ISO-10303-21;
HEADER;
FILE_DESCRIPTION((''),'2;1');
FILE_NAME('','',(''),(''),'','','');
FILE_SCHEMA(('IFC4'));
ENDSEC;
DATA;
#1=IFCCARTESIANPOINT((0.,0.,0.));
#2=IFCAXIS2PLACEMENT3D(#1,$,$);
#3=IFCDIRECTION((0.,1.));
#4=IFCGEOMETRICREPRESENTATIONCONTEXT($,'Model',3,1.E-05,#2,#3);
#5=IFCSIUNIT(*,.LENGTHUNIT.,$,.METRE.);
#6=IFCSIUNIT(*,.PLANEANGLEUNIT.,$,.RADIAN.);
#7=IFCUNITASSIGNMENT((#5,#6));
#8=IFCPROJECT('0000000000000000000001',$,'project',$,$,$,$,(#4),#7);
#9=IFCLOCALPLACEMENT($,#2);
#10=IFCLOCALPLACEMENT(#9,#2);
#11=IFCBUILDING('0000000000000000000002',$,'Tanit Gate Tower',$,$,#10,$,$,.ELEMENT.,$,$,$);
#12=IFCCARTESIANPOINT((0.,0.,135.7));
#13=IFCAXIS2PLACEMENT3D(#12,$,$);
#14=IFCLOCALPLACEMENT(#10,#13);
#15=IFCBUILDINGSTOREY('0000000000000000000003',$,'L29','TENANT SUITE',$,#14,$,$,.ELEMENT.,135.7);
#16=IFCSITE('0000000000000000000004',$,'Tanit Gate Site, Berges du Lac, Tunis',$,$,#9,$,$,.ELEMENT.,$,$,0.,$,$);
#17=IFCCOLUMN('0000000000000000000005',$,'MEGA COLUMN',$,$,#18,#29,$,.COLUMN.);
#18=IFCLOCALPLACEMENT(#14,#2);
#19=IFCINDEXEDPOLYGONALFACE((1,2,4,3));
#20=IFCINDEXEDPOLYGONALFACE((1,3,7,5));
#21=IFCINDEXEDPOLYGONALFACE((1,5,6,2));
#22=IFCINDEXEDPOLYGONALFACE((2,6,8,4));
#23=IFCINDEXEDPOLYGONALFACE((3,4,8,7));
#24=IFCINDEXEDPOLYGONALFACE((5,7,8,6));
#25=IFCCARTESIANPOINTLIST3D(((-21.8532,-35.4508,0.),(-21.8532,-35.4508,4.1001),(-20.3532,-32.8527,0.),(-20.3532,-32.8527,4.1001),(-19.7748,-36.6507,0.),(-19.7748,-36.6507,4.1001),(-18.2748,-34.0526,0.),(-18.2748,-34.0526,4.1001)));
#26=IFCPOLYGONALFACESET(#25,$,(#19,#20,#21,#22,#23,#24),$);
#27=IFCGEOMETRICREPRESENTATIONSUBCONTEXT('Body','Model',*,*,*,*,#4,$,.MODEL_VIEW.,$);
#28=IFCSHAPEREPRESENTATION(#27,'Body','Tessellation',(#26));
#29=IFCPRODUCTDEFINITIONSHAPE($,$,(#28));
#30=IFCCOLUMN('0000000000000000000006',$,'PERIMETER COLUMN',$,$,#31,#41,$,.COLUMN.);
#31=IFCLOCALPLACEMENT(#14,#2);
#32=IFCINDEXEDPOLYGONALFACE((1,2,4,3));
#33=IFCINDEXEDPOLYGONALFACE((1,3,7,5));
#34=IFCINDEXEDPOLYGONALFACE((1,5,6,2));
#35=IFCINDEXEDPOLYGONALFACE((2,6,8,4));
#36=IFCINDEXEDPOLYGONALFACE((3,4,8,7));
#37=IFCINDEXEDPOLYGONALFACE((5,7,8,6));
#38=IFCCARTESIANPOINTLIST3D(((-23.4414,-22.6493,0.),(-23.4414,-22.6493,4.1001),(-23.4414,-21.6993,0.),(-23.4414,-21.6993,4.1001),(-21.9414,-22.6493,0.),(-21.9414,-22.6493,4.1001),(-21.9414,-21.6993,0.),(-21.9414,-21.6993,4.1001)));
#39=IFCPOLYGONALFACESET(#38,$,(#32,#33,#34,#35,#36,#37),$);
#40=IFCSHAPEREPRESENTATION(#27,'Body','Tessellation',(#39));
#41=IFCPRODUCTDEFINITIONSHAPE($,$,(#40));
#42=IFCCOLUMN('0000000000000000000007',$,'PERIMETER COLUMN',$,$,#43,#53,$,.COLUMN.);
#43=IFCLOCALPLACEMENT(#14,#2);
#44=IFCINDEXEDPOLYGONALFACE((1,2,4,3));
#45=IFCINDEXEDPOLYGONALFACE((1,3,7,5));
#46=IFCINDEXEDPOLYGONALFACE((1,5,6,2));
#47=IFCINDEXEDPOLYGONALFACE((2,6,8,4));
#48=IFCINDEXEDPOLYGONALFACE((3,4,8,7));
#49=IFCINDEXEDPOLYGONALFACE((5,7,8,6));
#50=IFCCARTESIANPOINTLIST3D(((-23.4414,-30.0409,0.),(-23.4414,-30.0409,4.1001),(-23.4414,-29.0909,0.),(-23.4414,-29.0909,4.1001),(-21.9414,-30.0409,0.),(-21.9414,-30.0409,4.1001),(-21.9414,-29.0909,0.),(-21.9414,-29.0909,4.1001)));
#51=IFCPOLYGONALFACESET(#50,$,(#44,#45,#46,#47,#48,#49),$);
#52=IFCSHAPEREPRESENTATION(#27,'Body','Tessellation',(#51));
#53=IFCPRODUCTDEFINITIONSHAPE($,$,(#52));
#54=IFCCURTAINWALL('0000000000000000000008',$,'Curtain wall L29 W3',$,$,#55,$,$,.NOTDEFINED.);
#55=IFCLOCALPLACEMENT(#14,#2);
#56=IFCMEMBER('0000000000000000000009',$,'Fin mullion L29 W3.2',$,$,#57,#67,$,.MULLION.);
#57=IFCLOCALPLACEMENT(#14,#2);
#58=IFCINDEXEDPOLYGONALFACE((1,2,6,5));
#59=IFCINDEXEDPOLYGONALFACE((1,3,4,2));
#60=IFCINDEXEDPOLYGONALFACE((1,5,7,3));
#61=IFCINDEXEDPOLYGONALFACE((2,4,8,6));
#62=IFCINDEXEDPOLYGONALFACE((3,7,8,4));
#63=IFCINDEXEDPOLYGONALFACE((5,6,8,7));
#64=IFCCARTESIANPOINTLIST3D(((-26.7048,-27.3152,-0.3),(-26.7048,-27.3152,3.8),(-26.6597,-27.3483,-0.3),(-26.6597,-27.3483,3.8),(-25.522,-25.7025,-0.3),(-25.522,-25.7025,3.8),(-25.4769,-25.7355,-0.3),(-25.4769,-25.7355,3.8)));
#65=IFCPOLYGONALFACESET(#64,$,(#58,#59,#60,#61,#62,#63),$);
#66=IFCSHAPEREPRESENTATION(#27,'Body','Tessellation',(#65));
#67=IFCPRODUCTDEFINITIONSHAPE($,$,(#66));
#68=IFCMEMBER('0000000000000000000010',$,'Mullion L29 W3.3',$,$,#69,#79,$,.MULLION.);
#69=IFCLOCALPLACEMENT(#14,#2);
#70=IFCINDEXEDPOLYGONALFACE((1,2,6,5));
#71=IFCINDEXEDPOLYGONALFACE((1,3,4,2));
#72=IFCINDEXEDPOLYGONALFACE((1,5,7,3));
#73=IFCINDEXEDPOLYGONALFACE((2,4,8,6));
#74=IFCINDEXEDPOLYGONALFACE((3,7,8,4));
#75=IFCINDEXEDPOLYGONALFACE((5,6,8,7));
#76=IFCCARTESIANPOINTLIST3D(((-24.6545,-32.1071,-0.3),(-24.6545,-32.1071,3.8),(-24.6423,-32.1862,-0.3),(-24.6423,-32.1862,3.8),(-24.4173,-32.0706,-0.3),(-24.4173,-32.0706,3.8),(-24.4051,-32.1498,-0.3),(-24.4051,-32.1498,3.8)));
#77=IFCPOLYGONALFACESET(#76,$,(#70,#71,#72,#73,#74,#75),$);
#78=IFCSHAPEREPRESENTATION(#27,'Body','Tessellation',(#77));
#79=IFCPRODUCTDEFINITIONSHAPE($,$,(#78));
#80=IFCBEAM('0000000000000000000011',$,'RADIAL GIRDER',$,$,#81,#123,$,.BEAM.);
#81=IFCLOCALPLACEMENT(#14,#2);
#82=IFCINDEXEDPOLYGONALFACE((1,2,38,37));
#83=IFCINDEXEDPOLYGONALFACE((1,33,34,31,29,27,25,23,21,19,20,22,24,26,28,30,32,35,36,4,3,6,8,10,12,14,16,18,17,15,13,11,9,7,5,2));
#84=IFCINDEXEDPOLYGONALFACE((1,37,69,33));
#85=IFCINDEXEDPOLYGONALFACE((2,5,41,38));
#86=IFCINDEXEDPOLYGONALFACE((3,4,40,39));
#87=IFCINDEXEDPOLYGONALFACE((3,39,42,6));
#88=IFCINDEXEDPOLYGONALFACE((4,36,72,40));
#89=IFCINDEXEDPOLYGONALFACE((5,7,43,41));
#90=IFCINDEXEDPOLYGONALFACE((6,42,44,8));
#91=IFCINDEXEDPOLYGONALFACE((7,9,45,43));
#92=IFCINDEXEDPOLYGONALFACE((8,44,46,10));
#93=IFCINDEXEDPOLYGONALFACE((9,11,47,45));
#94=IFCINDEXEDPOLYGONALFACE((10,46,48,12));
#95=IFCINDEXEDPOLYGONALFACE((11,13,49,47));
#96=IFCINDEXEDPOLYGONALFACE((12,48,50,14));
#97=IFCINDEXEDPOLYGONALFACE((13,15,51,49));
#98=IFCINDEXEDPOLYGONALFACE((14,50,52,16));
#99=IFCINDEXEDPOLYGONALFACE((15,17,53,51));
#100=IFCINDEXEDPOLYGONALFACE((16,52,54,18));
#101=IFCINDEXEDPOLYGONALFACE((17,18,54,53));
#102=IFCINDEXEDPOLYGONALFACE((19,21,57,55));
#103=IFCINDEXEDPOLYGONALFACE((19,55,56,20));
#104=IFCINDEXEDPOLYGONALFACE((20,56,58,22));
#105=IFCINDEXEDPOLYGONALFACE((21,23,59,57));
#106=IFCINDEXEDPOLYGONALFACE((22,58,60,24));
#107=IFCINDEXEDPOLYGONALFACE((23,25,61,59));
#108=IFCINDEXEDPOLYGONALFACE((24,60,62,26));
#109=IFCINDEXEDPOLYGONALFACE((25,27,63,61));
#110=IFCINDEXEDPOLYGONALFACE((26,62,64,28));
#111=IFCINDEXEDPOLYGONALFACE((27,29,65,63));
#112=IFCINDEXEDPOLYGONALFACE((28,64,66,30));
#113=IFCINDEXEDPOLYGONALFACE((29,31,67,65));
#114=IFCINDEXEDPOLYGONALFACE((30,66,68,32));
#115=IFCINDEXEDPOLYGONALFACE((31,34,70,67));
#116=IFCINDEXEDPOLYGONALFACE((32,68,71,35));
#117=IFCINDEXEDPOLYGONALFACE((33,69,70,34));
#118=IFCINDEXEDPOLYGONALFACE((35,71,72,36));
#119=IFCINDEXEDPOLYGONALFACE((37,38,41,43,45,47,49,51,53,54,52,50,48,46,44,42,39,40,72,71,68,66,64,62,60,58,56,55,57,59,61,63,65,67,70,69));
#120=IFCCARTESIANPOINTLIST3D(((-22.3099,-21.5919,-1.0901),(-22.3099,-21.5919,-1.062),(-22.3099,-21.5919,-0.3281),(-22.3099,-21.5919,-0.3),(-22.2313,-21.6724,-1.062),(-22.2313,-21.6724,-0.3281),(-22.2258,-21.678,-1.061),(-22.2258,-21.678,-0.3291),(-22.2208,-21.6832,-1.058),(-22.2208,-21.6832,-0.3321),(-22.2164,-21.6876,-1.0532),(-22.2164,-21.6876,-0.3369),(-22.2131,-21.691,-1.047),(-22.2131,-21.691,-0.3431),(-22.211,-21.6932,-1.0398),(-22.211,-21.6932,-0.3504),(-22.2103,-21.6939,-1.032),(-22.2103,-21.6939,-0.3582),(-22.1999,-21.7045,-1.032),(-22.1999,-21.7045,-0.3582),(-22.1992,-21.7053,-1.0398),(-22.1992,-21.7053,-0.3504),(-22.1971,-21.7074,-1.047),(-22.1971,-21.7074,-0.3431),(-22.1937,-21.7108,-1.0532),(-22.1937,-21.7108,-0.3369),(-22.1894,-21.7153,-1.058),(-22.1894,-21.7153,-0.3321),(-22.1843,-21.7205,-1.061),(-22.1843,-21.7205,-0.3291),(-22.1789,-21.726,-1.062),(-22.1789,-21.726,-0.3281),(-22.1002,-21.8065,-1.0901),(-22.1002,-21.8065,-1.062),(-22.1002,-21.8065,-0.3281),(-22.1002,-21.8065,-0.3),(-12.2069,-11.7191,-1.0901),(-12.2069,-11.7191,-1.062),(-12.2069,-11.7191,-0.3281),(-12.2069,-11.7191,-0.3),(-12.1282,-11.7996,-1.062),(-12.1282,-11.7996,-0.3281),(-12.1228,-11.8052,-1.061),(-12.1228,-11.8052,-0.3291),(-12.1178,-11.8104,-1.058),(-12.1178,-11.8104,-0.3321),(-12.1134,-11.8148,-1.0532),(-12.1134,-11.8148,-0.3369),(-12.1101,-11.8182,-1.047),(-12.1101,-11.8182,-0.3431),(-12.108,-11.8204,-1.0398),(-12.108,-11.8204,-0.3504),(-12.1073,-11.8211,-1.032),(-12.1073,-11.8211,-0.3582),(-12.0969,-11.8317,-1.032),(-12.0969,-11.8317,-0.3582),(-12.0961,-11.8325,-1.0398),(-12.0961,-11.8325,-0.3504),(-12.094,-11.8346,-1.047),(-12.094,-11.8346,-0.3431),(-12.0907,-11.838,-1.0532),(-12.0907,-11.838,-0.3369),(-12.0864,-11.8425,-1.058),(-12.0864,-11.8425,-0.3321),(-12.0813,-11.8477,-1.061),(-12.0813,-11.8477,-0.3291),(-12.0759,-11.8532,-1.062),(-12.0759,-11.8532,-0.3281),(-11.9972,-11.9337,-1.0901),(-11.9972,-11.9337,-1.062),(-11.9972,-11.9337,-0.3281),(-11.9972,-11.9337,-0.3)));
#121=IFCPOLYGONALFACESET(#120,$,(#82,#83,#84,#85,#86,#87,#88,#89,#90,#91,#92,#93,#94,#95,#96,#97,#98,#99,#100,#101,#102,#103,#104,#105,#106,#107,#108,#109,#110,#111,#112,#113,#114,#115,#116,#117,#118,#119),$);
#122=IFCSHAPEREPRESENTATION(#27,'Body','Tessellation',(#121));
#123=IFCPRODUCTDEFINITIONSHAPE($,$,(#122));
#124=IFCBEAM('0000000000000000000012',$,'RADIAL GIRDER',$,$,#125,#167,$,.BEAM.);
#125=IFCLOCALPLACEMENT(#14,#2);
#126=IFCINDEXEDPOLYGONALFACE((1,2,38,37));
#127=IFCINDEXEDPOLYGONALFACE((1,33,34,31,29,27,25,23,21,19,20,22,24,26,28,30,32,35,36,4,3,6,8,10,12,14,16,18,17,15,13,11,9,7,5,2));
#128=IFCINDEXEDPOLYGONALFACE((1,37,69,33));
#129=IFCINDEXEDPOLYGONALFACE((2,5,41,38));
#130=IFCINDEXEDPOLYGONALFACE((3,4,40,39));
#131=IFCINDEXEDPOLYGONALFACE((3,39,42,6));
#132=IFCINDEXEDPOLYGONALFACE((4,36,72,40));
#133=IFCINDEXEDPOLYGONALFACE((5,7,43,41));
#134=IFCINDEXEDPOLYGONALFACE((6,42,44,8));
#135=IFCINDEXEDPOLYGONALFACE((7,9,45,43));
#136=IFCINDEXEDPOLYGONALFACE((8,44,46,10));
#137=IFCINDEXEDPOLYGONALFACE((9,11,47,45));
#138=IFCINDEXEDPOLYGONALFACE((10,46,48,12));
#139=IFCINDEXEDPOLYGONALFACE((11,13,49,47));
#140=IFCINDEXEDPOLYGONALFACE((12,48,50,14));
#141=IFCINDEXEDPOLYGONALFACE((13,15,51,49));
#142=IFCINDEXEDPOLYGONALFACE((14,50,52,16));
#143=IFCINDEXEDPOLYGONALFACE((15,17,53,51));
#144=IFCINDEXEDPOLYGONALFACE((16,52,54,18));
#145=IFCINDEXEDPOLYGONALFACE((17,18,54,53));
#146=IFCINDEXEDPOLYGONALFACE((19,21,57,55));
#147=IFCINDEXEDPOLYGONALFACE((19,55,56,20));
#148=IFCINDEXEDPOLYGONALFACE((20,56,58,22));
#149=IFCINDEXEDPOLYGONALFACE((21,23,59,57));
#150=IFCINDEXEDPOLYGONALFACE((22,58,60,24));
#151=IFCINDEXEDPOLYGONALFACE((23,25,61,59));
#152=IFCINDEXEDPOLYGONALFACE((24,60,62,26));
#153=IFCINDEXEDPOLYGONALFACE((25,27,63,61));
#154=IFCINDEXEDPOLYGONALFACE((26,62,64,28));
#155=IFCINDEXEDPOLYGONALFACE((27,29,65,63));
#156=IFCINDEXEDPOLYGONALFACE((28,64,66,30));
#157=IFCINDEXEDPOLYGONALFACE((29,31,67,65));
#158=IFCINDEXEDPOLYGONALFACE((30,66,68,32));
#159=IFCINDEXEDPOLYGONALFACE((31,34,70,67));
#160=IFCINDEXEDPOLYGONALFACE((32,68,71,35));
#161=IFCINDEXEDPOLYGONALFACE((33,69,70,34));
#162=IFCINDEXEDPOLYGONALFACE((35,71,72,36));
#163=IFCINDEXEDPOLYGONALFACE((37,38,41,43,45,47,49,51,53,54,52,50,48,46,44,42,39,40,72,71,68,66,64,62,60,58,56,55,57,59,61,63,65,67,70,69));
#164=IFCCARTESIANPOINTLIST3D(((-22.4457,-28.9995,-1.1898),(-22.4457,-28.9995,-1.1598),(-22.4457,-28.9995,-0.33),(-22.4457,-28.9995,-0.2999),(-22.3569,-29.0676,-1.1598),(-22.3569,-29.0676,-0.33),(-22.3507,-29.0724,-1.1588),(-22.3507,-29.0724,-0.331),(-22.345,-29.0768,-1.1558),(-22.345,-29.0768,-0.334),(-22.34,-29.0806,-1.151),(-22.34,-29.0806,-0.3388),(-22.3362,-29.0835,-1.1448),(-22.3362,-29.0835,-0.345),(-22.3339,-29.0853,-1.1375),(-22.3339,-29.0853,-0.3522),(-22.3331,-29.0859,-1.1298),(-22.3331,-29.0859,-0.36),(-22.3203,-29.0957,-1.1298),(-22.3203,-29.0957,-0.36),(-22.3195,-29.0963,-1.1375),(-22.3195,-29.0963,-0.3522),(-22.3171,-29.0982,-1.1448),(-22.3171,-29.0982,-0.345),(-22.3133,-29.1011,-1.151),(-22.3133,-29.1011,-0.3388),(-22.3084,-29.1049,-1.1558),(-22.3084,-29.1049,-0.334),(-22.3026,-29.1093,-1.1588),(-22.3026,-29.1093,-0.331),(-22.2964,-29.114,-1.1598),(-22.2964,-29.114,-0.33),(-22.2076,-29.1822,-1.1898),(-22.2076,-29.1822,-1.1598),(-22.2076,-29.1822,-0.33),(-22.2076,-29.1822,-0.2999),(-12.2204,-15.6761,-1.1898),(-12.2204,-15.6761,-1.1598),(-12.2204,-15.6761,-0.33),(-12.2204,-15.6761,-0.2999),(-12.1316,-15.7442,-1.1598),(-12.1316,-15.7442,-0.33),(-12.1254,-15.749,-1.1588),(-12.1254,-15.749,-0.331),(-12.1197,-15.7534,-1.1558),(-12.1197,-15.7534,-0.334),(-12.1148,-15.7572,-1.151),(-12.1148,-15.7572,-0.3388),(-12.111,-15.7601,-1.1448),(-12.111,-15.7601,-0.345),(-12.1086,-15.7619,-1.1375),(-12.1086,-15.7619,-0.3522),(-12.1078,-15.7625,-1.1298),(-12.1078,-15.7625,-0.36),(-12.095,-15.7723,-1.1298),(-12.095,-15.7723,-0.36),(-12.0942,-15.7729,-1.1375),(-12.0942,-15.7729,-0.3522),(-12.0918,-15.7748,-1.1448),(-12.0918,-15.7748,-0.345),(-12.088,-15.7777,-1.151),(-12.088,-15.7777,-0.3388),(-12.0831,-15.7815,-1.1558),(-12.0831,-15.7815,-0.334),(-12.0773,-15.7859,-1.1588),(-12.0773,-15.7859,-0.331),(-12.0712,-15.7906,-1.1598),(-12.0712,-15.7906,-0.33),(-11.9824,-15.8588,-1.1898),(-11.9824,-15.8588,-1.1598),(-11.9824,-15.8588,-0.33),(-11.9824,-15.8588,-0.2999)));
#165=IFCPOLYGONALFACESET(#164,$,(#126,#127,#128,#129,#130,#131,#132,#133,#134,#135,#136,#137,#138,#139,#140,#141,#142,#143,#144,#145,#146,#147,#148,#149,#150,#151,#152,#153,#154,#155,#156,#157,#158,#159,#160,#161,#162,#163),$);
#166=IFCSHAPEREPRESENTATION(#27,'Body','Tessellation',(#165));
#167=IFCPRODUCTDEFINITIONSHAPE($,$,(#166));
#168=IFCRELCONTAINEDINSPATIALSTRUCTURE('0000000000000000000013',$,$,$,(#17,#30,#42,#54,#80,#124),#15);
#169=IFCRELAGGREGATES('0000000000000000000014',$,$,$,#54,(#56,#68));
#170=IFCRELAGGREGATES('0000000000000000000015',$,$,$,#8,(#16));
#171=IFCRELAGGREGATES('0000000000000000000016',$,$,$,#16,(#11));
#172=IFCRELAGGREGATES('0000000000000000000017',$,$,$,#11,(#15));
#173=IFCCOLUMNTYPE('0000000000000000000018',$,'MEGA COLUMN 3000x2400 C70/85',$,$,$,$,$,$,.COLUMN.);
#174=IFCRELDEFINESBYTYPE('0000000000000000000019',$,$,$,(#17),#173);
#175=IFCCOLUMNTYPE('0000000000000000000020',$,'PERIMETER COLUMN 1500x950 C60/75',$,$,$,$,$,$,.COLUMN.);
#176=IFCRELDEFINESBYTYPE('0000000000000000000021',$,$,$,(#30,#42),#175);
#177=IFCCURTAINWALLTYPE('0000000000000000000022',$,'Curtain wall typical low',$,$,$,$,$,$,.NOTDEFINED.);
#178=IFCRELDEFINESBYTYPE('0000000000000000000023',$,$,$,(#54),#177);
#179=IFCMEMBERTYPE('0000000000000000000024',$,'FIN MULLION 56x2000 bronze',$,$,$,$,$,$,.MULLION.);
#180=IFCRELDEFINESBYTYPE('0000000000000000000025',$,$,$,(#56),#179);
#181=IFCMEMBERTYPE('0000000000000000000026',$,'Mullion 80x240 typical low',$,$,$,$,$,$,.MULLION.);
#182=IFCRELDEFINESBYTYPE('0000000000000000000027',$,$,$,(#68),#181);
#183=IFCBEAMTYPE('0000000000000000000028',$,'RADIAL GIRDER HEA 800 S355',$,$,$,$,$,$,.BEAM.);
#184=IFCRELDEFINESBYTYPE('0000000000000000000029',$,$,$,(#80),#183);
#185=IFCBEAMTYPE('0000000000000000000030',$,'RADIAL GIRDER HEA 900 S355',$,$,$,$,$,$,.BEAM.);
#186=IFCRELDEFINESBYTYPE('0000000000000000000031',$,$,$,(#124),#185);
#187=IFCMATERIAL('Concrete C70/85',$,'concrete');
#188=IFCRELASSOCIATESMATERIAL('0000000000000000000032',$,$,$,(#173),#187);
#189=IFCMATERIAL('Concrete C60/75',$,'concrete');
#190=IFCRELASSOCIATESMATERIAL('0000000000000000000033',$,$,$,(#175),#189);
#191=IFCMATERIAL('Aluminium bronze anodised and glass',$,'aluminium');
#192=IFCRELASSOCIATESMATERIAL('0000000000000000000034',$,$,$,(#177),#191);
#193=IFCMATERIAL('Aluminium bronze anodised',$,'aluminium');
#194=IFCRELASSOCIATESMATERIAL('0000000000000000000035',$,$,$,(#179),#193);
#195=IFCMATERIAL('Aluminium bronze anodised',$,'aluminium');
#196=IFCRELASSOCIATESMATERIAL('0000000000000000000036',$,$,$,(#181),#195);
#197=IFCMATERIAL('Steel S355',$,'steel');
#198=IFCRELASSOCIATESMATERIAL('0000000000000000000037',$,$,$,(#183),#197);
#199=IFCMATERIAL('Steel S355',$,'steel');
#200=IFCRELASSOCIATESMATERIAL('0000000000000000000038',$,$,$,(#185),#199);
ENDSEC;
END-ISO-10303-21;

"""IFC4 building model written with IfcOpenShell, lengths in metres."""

from ifc_helpers import new_model, si_unit, direction, frame, origin, origin_2d, place, context, subcontext, project, spatial, rectangle, i_section, extrude, material, material_profile, profile_set, type_object, element, aggregate, save


model = new_model("IFC4")

# Units and contexts
model_context = context("Model", 3, precision=1e-05, world=origin(), true_north=direction((0.0, 1.0)))
body_context = subcontext(model_context, "Body", "Model", "MODEL_VIEW")
ifc_project = project(units=[si_unit("LENGTHUNIT", "METRE"), si_unit("PLANEANGLEUNIT", "RADIAN")], contexts=[model_context])

# Site, building, storey
site_placement = place(None, origin())
site = spatial("IfcSite", under=ifc_project, at=site_placement, Name="Tanit Gate Site, Berges du Lac, Tunis", CompositionType="ELEMENT", RefElevation=0.0)
building_placement = place(site_placement, origin())
building = spatial("IfcBuilding", under=site, at=building_placement, Name="Tanit Gate Tower", CompositionType="ELEMENT")
storey_placement = place(building_placement, frame((0.0, 0.0, 135.7)))
storey = spatial("IfcBuildingStorey", under=building, at=storey_placement, Name="L29", Description="TENANT SUITE", CompositionType="ELEMENT", Elevation=135.7)

# Columns
ifc_material_1 = material(Name="Concrete C70/85", Category="concrete")
ifc_material_profile_1 = material_profile(ifc_material_1, rectangle(XDim=3.0, YDim=2.3999, at=origin_2d()), Name="RC 3000x2400")
ifc_profile_set_1 = profile_set([ifc_material_profile_1], Name="Concrete C70/85")
column_type_1 = type_object("IfcColumnType", Name="MEGA COLUMN 3000x2400 C70/85", PredefinedType="COLUMN", material=ifc_profile_set_1)
column_placement = place(storey_placement, frame((-20.064, -34.7517, 0.0), z_axis=(0.0, 0.0, 1.0), x_axis=(-0.5, -0.866025, 0.0)))
element("IfcColumn", 1, at=column_placement, inside=storey, type_object=column_type_1, Name="MEGA COLUMN", PredefinedType="COLUMN", context=body_context, shape_type="SweptSolid", body=[
    extrude(rectangle(XDim=3.0, YDim=2.3999, at=origin_2d()), origin(), (0.0, 0.0, 1.0), 4.1001),
])
ifc_material_2 = material(Name="Concrete C60/75", Category="concrete")
ifc_material_profile_2 = material_profile(ifc_material_2, rectangle(XDim=1.5, YDim=0.95, at=origin_2d()), Name="RC 1500x950")
ifc_profile_set_2 = profile_set([ifc_material_profile_2], Name="Concrete C60/75")
column_type_2 = type_object("IfcColumnType", Name="PERIMETER COLUMN 1500x950 C60/75", PredefinedType="COLUMN", material=ifc_profile_set_2)
for number, where, z_axis, x_axis, name in (
    (2, (-22.6914, -22.1743, 0.0), (0.0, 0.0, 1.0), (-1.0, 0.0, 0.0), "PERIMETER COLUMN"),
    (3, (-22.6914, -29.5659, 0.0), (0.0, 0.0, 1.0), (-1.0, 0.0, 0.0), "PERIMETER COLUMN"),
):
    element("IfcColumn", number, at=place(storey_placement, frame(where, z_axis=z_axis, x_axis=x_axis)), inside=storey, type_object=column_type_2, Name=name, PredefinedType="COLUMN", context=body_context, shape_type="SweptSolid", body=[
        extrude(rectangle(XDim=1.5, YDim=0.95, at=origin_2d()), origin(), (0.0, 0.0, 1.0), 4.1001),
    ])

# Curtain wall, members
ifc_material_3 = material(Name="Aluminium bronze anodised and glass", Category="aluminium")
curtain_wall_type = type_object("IfcCurtainWallType", Name="Curtain wall typical low", PredefinedType="NOTDEFINED", material=ifc_material_3)
curtain_wall_placement = place(storey_placement, origin())
curtain_wall = element("IfcCurtainWall", 4, at=curtain_wall_placement, inside=storey, type_object=curtain_wall_type, Name="Curtain wall L29 W3", PredefinedType="NOTDEFINED")
ifc_material_4 = material(Name="Aluminium bronze anodised", Category="aluminium")
ifc_material_profile_3 = material_profile(ifc_material_4, rectangle(XDim=2.0, YDim=0.0559, at=origin_2d()), Name="56x2000 bronze fin mullion")
ifc_profile_set_3 = profile_set([ifc_material_profile_3], Name="Aluminium bronze anodised")
member_type_1 = type_object("IfcMemberType", Name="FIN MULLION 56x2000 bronze", PredefinedType="MULLION", material=ifc_profile_set_3)
member_1_placement = place(storey_placement, frame((-26.0908, -26.5254, -0.3), z_axis=(0.0, 0.0, 1.0), x_axis=(0.591404, 0.806375, 0.0)))
member_1 = element("IfcMember", 5, at=member_1_placement, type_object=member_type_1, Name="Fin mullion L29 W3.2", PredefinedType="MULLION", context=body_context, shape_type="SweptSolid", body=[
    extrude(rectangle(XDim=2.0, YDim=0.0559, at=origin_2d()), origin(), (0.0, 0.0, 1.0), 4.1001),
])
ifc_material_5 = material(Name="Aluminium bronze anodised", Category="aluminium")
ifc_material_profile_4 = material_profile(ifc_material_5, rectangle(XDim=0.24, YDim=0.0801, at=origin_2d()), Name="80x240 bronze mullion")
ifc_profile_set_4 = profile_set([ifc_material_profile_4], Name="Aluminium bronze anodised")
member_type_2 = type_object("IfcMemberType", Name="Mullion 80x240 typical low", PredefinedType="MULLION", material=ifc_profile_set_4)
member_2_placement = place(storey_placement, frame((-24.5298, -32.1284, -0.3), z_axis=(0.0, 0.0, 1.0), x_axis=(0.988379, 0.152008, 0.0)))
member_2 = element("IfcMember", 6, at=member_2_placement, type_object=member_type_2, Name="Mullion L29 W3.3", PredefinedType="MULLION", context=body_context, shape_type="SweptSolid", body=[
    extrude(rectangle(XDim=0.24, YDim=0.0801, at=origin_2d()), origin(), (0.0, 0.0, 1.0), 4.1001),
])

# Beams
ifc_material_6 = material(Name="Steel S355", Category="steel")
ifc_material_profile_5 = material_profile(ifc_material_6, i_section(OverallWidth=0.3, OverallDepth=0.79, WebThickness=0.0149, FlangeThickness=0.0281, FilletRadius=0.03, at=origin_2d()), Name="HEA 800")
ifc_profile_set_5 = profile_set([ifc_material_profile_5], Name="Steel S355")
beam_type_1 = type_object("IfcBeamType", Name="RADIAL GIRDER HEA 800 S355", PredefinedType="BEAM", material=ifc_profile_set_5)
beam_1_placement = place(storey_placement, frame((-22.2051, -21.6992, -0.6951), z_axis=(0.715209, 0.698911, 0.0), x_axis=(-0.698911, 0.715209, 0.0)))
element("IfcBeam", 7, at=beam_1_placement, inside=storey, type_object=beam_type_1, Name="RADIAL GIRDER", PredefinedType="BEAM", context=body_context, shape_type="SweptSolid", body=[
    extrude(i_section(OverallWidth=0.3, OverallDepth=0.79, WebThickness=0.0149, FlangeThickness=0.0281, FilletRadius=0.03, at=origin_2d()), origin(), (0.0, 0.0, 1.0), 14.126),
])
ifc_material_7 = material(Name="Steel S355", Category="steel")
ifc_material_profile_6 = material_profile(ifc_material_7, i_section(OverallWidth=0.3, OverallDepth=0.8899, WebThickness=0.0161, FlangeThickness=0.03, FilletRadius=0.03, at=origin_2d()), Name="HEA 900")
ifc_profile_set_6 = profile_set([ifc_material_profile_6], Name="Steel S355")
beam_type_2 = type_object("IfcBeamType", Name="RADIAL GIRDER HEA 900 S355", PredefinedType="BEAM", material=ifc_profile_set_6)
beam_2_placement = place(storey_placement, frame((-22.3267, -29.0908, -0.7449), z_axis=(0.608832, 0.7933, 0.0), x_axis=(-0.7933, 0.608832, 0.0)))
element("IfcBeam", 8, at=beam_2_placement, inside=storey, type_object=beam_type_2, Name="RADIAL GIRDER", PredefinedType="BEAM", context=body_context, shape_type="SweptSolid", body=[
    extrude(i_section(OverallWidth=0.3, OverallDepth=0.8899, WebThickness=0.0161, FlangeThickness=0.03, FilletRadius=0.03, at=origin_2d()), origin(), (0.0, 0.0, 1.0), 16.7949),
])

aggregate(curtain_wall, [member_1, member_2])

save(model, "model.ifc")
